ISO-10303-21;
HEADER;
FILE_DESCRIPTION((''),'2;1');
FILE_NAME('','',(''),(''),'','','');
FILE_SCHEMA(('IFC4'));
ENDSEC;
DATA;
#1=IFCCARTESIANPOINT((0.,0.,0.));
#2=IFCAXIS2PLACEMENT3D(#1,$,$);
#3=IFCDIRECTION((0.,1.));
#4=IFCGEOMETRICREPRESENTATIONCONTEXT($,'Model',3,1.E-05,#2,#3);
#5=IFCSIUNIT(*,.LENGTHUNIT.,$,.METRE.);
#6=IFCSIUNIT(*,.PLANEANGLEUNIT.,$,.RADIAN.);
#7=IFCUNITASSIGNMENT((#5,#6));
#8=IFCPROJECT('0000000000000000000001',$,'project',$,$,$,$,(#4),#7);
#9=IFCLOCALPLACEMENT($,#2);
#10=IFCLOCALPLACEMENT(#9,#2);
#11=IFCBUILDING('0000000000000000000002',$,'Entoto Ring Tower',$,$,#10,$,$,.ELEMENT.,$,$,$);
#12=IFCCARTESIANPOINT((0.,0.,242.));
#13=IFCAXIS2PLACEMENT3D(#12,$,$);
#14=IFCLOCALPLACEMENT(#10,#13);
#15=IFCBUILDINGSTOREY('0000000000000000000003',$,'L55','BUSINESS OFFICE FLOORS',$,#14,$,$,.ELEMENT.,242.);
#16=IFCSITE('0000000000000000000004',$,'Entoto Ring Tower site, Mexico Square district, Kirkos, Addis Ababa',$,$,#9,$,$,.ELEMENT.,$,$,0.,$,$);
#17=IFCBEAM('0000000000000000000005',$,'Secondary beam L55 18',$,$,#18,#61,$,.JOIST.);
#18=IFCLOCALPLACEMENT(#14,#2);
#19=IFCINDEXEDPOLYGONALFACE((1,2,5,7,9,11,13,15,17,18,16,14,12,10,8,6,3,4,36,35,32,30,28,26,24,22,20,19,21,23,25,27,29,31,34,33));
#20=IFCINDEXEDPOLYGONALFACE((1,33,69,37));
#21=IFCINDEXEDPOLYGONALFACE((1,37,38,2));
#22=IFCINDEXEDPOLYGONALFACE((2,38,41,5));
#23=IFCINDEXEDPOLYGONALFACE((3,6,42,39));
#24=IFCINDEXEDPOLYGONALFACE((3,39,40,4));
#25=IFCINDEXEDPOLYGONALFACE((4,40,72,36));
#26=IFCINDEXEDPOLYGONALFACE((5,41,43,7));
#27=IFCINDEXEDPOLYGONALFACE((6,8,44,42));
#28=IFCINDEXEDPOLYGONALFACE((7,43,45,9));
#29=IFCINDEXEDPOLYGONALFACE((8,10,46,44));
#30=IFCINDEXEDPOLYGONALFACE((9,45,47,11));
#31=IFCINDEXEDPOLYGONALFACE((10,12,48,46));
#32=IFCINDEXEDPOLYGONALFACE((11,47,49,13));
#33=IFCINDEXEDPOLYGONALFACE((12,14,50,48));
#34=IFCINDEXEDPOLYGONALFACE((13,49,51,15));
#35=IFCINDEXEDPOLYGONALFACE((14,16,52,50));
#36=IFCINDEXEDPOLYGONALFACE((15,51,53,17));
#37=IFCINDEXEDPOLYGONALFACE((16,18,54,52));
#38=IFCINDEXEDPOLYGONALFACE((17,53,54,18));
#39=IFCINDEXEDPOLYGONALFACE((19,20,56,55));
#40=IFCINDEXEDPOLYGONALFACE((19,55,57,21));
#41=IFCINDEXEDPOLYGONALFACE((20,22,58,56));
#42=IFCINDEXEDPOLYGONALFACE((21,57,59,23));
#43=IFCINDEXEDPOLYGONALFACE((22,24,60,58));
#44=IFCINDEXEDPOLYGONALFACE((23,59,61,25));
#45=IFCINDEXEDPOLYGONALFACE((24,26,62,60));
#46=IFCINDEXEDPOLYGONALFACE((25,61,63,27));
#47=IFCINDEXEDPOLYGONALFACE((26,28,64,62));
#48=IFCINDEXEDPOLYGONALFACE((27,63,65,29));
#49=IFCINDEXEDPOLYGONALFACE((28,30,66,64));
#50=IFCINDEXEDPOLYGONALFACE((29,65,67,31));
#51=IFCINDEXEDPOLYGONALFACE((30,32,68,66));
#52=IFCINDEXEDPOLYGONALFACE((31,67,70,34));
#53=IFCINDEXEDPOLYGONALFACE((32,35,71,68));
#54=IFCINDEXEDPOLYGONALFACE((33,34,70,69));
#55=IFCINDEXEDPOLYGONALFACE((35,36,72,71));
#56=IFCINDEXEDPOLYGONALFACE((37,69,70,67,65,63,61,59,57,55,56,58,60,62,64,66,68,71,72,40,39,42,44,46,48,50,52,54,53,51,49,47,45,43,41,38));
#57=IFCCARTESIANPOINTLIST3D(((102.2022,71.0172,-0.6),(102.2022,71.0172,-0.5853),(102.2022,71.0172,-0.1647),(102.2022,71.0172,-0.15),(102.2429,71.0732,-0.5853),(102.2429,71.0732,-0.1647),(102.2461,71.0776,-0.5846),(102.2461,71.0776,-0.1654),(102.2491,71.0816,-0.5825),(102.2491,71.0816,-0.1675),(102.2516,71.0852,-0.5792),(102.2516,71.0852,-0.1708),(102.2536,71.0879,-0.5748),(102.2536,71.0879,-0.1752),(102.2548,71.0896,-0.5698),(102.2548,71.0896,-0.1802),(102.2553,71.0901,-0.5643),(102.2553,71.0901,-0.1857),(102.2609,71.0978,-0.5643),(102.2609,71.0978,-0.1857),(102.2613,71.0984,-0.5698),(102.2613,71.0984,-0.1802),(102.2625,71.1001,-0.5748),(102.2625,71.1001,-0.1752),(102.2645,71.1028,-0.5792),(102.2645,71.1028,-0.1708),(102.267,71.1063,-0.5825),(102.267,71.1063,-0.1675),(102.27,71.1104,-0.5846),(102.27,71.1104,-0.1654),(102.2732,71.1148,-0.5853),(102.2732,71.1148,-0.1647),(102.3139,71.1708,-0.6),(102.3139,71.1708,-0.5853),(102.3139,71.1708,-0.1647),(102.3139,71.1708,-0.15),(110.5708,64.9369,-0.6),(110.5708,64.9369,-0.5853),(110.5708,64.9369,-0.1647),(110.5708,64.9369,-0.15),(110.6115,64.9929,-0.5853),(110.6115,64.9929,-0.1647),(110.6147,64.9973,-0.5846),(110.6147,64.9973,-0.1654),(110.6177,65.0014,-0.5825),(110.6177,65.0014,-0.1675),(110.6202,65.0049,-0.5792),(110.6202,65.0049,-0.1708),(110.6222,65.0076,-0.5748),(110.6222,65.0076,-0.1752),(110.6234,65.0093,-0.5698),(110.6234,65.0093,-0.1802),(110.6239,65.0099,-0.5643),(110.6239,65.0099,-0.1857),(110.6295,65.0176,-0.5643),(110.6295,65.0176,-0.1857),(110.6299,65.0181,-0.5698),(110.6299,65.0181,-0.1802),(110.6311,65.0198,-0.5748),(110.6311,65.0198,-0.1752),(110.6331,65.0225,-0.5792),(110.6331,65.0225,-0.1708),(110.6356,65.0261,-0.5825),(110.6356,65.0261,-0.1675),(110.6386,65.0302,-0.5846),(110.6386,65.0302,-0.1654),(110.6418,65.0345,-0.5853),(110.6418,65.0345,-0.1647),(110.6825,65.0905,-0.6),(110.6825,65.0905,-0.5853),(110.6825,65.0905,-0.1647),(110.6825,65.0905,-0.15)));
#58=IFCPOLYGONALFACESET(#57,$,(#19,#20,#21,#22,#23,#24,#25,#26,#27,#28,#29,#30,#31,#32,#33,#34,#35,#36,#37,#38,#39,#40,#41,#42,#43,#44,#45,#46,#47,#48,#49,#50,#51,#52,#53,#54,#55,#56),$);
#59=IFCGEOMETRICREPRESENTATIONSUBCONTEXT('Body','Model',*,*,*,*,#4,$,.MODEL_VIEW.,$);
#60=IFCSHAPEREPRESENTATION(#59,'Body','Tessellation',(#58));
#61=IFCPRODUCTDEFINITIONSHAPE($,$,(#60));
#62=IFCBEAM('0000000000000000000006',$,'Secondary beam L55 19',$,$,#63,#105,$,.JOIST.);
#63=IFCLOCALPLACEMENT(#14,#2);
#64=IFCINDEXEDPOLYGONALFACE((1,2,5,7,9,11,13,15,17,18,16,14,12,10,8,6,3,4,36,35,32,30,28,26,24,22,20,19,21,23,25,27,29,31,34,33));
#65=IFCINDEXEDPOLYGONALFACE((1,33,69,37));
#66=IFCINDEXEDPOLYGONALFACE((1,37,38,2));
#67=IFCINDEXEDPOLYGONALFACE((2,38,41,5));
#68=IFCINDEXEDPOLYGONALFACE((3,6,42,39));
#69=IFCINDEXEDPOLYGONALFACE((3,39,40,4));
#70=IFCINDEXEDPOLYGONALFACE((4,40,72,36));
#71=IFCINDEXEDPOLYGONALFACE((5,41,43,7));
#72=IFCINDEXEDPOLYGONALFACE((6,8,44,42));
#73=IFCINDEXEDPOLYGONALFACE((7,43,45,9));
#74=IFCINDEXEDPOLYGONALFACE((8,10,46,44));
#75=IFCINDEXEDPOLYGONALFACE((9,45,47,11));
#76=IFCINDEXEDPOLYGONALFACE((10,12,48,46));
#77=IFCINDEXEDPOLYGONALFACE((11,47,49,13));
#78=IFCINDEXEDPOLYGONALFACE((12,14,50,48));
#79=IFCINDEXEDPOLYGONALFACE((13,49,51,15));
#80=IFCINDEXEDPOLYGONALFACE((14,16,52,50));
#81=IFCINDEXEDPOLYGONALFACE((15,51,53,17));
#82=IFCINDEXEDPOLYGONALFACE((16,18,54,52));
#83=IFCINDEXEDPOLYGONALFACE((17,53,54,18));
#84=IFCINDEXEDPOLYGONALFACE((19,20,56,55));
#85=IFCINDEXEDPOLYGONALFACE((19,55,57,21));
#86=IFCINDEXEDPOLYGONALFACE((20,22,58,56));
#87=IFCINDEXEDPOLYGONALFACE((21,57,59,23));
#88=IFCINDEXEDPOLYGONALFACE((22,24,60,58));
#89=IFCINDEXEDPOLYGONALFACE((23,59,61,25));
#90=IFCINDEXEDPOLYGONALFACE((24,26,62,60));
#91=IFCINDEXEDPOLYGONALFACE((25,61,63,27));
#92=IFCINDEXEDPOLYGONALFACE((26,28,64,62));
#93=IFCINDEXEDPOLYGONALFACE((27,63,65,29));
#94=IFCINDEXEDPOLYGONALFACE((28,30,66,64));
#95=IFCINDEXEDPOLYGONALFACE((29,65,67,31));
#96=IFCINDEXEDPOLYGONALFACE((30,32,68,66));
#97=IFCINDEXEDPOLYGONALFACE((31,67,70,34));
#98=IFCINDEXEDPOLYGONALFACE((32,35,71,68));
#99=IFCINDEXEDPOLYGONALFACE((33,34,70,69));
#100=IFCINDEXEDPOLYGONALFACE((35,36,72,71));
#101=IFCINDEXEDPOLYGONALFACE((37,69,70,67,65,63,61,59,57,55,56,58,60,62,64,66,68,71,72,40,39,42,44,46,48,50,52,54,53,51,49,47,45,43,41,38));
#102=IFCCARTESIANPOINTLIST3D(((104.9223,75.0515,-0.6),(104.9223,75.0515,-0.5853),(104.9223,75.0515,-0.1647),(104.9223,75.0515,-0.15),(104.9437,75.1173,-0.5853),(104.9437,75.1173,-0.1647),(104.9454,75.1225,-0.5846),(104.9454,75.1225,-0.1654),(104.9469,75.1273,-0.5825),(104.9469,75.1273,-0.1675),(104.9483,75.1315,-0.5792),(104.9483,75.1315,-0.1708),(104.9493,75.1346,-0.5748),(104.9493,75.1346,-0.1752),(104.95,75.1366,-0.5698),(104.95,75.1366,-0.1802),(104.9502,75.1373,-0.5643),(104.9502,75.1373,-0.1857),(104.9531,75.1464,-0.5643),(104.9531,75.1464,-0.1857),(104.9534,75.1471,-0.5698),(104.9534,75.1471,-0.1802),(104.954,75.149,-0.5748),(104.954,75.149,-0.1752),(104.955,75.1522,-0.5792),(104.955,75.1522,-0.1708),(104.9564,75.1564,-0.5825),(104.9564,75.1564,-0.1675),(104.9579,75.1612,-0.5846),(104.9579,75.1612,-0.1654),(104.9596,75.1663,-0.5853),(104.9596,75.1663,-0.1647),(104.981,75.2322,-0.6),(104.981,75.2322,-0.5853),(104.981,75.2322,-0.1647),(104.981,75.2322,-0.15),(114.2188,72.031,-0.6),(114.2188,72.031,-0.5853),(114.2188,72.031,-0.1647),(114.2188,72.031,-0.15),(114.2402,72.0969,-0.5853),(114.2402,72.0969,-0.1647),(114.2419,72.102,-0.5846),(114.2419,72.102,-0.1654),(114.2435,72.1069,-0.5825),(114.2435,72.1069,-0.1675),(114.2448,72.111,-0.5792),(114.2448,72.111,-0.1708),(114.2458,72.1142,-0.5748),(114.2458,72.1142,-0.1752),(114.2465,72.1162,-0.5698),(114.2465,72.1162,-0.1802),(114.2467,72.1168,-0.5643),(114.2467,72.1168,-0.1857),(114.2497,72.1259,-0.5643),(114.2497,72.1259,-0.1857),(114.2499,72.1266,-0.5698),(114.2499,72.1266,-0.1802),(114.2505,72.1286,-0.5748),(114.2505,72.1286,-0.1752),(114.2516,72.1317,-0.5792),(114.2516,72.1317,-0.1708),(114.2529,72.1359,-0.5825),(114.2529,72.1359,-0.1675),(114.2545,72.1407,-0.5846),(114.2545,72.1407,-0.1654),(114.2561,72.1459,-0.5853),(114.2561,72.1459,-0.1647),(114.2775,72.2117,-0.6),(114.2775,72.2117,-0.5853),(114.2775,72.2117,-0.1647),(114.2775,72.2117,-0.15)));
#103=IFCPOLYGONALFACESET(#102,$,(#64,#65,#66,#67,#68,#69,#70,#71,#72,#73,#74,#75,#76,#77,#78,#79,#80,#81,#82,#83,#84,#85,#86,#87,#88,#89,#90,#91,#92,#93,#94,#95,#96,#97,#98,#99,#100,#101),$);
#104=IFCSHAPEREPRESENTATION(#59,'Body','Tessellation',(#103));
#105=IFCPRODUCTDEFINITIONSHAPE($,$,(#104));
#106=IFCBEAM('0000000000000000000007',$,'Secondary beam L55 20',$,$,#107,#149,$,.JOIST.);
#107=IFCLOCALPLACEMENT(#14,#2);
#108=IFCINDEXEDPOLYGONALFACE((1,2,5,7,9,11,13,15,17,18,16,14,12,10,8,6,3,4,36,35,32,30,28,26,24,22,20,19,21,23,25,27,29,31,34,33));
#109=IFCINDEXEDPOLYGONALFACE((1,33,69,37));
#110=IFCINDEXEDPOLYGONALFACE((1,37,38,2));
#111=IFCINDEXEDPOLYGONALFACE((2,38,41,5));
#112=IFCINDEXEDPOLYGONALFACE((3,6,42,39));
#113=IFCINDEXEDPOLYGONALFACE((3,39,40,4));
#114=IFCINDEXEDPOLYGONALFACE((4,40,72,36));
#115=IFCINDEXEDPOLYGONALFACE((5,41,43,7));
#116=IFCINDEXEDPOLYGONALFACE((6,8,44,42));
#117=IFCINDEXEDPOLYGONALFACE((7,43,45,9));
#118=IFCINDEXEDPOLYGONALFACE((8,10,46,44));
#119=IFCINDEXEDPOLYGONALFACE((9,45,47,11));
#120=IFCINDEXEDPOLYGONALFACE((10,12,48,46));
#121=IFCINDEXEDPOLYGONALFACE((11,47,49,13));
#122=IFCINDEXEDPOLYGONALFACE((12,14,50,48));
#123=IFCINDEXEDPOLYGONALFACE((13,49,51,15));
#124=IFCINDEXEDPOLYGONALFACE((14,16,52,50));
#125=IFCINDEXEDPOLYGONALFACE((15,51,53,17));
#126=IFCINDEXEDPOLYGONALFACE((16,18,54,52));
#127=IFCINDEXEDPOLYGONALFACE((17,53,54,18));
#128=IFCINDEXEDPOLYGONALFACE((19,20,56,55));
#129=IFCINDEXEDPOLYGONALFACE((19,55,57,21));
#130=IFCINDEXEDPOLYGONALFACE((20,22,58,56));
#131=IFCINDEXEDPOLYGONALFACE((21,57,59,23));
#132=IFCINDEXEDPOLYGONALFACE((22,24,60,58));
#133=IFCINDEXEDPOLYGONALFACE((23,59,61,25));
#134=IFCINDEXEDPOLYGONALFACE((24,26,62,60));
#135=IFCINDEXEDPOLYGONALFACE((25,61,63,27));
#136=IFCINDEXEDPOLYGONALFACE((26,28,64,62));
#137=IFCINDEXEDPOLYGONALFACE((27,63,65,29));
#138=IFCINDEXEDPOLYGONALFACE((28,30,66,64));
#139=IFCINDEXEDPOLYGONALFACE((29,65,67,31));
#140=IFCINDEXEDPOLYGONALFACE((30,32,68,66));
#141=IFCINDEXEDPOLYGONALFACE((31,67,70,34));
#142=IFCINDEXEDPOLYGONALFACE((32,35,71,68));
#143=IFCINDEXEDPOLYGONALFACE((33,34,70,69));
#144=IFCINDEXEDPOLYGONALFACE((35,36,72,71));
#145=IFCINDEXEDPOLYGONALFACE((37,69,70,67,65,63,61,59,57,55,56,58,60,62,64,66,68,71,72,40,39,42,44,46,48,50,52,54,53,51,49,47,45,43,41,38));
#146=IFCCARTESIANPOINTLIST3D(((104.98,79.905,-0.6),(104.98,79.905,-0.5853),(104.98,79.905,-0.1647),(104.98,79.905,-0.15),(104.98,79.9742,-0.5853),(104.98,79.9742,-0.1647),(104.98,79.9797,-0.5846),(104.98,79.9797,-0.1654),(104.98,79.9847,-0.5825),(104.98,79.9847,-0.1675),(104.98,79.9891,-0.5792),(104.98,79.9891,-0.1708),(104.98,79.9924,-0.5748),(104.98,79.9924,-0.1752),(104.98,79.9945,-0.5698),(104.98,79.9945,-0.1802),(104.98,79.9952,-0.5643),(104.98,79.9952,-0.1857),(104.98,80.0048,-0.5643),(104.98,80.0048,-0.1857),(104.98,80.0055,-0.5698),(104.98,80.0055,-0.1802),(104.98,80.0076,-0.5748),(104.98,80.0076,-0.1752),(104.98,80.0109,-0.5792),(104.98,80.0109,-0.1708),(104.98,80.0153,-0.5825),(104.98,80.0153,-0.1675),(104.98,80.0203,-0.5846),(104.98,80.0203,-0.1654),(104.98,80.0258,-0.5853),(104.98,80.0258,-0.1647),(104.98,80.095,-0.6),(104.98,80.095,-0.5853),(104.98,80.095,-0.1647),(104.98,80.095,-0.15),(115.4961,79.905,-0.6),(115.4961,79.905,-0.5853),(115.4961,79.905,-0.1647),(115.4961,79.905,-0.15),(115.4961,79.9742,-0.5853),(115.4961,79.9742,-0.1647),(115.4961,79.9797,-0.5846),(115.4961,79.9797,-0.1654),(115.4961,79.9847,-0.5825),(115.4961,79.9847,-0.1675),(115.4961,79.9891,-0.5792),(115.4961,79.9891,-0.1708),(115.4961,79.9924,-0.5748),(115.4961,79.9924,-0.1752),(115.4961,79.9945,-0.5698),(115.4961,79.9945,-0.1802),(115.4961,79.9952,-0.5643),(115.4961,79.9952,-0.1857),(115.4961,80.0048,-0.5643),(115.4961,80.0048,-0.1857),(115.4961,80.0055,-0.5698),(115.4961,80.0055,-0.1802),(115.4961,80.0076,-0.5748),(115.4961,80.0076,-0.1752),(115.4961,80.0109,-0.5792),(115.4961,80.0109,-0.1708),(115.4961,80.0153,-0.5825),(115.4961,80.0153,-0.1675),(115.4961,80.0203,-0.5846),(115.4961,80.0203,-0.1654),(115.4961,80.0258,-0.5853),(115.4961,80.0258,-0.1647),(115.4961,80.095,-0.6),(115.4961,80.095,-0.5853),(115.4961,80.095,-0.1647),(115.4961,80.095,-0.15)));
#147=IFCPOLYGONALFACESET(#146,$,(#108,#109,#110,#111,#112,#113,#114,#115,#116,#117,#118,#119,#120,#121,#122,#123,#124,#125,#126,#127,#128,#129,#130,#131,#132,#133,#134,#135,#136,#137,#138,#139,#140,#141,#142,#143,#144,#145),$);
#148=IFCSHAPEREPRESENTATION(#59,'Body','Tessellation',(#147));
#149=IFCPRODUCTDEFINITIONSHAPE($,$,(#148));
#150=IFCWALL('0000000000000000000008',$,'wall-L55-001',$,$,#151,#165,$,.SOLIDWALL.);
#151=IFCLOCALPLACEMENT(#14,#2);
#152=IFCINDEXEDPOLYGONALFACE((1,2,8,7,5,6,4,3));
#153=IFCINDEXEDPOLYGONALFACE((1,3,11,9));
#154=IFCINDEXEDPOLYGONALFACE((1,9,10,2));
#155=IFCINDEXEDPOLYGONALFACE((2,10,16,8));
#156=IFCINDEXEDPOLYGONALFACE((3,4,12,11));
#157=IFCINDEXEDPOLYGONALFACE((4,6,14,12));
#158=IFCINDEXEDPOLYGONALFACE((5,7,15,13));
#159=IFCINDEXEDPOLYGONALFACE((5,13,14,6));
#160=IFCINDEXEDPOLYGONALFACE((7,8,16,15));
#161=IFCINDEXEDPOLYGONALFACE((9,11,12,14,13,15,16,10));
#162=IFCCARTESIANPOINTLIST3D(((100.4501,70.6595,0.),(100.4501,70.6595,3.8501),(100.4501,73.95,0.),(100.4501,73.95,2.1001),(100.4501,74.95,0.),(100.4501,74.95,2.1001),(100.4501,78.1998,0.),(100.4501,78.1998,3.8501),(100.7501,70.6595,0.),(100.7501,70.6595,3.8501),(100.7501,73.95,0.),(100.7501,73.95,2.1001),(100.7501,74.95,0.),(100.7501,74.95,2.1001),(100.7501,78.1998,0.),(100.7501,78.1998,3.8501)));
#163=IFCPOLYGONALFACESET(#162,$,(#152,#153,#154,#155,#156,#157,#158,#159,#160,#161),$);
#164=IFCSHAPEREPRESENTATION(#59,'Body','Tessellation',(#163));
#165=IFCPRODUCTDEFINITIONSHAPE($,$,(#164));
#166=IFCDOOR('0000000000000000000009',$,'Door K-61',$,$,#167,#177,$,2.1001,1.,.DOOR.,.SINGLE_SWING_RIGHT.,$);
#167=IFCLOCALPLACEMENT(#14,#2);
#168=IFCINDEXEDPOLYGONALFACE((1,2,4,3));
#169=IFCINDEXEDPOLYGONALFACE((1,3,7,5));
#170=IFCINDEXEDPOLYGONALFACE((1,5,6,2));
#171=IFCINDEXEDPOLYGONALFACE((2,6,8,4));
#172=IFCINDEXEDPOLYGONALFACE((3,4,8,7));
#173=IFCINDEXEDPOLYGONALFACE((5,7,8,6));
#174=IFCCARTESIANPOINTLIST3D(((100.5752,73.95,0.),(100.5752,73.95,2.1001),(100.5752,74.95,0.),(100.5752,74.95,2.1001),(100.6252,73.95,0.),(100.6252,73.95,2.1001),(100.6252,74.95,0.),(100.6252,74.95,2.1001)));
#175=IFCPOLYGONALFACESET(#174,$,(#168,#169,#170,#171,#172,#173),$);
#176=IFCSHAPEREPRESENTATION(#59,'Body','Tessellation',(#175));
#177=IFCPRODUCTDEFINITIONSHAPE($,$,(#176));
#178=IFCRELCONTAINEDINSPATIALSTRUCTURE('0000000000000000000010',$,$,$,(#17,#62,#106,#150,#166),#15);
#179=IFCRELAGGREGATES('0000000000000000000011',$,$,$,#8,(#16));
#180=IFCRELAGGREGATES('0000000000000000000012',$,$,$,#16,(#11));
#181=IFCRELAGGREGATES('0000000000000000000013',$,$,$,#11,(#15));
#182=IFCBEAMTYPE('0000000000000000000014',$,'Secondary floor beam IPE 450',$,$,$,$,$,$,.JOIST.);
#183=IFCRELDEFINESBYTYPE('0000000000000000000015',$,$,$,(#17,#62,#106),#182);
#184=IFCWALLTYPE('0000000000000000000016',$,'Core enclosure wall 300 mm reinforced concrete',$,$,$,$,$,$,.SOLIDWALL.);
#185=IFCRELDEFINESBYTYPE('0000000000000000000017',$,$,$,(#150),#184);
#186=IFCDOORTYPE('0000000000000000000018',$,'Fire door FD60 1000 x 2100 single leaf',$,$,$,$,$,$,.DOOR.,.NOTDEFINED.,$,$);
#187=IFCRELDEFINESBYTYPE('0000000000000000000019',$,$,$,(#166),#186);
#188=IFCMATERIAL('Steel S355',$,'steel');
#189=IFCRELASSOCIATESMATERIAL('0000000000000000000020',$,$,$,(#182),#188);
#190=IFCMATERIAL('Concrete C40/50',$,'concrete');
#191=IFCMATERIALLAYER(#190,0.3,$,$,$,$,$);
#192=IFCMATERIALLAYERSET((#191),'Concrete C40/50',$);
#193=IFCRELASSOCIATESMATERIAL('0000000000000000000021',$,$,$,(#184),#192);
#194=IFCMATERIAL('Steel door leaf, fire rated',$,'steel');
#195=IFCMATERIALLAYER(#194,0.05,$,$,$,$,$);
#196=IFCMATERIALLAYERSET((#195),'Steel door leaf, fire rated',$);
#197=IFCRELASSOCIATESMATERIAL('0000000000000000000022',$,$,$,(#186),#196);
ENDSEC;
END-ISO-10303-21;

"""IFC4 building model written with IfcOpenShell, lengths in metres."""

from ifc_helpers import new_model, si_unit, direction, frame, frame_2d, origin, origin_2d, place, context, subcontext, project, spatial, rectangle, i_section, extrude, material, layer, layer_set, material_profile, profile_set, type_object, element, fill, save


model = new_model("IFC4")

# Units and contexts
model_context = context("Model", 3, precision=1e-05, world=origin(), true_north=direction((0.0, 1.0)))
body_context = subcontext(model_context, "Body", "Model", "MODEL_VIEW")
ifc_project = project(units=[si_unit("LENGTHUNIT", "METRE"), si_unit("PLANEANGLEUNIT", "RADIAN")], contexts=[model_context])

# Site, building, storey
site_placement = place(None, origin())
site = spatial("IfcSite", under=ifc_project, at=site_placement, Name="Entoto Ring Tower site, Mexico Square district, Kirkos, Addis Ababa", CompositionType="ELEMENT", RefElevation=0.0)
building_placement = place(site_placement, origin())
building = spatial("IfcBuilding", under=site, at=building_placement, Name="Entoto Ring Tower", CompositionType="ELEMENT")
storey_placement = place(building_placement, frame((0.0, 0.0, 242.0)))
storey = spatial("IfcBuildingStorey", under=building, at=storey_placement, Name="L55", Description="BUSINESS OFFICE FLOORS", CompositionType="ELEMENT", Elevation=242.0)

# Beams
ifc_material_1 = material(Name="Steel S355", Category="steel")
ifc_material_profile_1 = material_profile(ifc_material_1, i_section(OverallWidth=0.1899, OverallDepth=0.45, WebThickness=0.0095, FlangeThickness=0.0146, FilletRadius=0.021, at=origin_2d()), Name="IPE 450")
ifc_profile_set_1 = profile_set([ifc_material_profile_1], Name="Steel S355")
beam_type_1 = type_object("IfcBeamType", Name="Secondary floor beam IPE 450", PredefinedType="JOIST", material=ifc_profile_set_1)
for number, where, z_axis, x_axis, name in (
    (1, (102.2581, 71.094, -0.375), (0.809011, -0.587794, 0.0), (0.587794, 0.809011, 0.0), "Secondary beam L55 18"),
):
    element("IfcBeam", number, at=place(storey_placement, frame(where, z_axis=z_axis, x_axis=x_axis)), inside=storey, type_object=beam_type_1, Name=name, PredefinedType="JOIST", context=body_context, shape_type="SweptSolid", body=[
        extrude(i_section(OverallWidth=0.1899, OverallDepth=0.45, WebThickness=0.0095, FlangeThickness=0.0146, FilletRadius=0.021, at=origin_2d()), origin(), (0.0, 0.0, 1.0), 10.3442),
    ])
beam_1_placement = place(storey_placement, frame((104.9517, 75.1418, -0.375), z_axis=(0.951061, -0.309003, 0.0), x_axis=(0.309003, 0.951061, 0.0)))
element("IfcBeam", 2, at=beam_1_placement, inside=storey, type_object=beam_type_1, Name="Secondary beam L55 19", PredefinedType="JOIST", context=body_context, shape_type="SweptSolid", body=[
    extrude(i_section(OverallWidth=0.1899, OverallDepth=0.45, WebThickness=0.0095, FlangeThickness=0.0146, FilletRadius=0.021, at=origin_2d()), origin(), (0.0, 0.0, 1.0), 9.7749),
])
beam_2_placement = place(storey_placement, frame((104.98, 80.0, -0.375), z_axis=(1.0, 0.0, 0.0), x_axis=(0.0, 1.0, 0.0)))
element("IfcBeam", 3, at=beam_2_placement, inside=storey, type_object=beam_type_1, Name="Secondary beam L55 20", PredefinedType="JOIST", context=body_context, shape_type="SweptSolid", body=[
    extrude(i_section(OverallWidth=0.1899, OverallDepth=0.45, WebThickness=0.0095, FlangeThickness=0.0146, FilletRadius=0.021, at=origin_2d()), origin(), (0.0, 0.0, 1.0), 10.5161),
])

# Wall, opening, door
ifc_material_2 = material(Name="Concrete C40/50", Category="concrete")
ifc_layer_1 = layer(ifc_material_2, 0.3)
ifc_layer_set_1 = layer_set([ifc_layer_1], Name="Concrete C40/50")
wall_type_1 = type_object("IfcWallType", Name="Core enclosure wall 300 mm reinforced concrete", PredefinedType="SOLIDWALL", material=ifc_layer_set_1)
wall_1_placement = place(storey_placement, frame((100.6001, 70.6597, 0.0), z_axis=(0.0, 0.0, 1.0), x_axis=(0.0, 1.0, 0.0)))
wall_1 = element("IfcWall", 4, at=wall_1_placement, inside=storey, type_object=wall_type_1, Name="wall-L55-001", PredefinedType="SOLIDWALL", context=body_context, shape_type="SweptSolid", body=[
    extrude(rectangle(XDim=7.5403, YDim=0.3, at=frame_2d((3.77, 0.0))), origin(), (0.0, 0.0, 1.0), 3.8501),
])
opening_1_placement = place(wall_1_placement, frame((3.2903, 0.0, 0.0)))
opening_1 = element("IfcOpeningElement", 5, at=opening_1_placement, cuts=wall_1, PredefinedType="OPENING", context=body_context, shape_type="SweptSolid", body=[
    extrude(rectangle(XDim=1.0, YDim=2.1001, at=frame_2d((0.5, 1.05))), frame((0.0, 0.1602, 0.0), z_axis=(0.0, -1.0, 0.0), x_axis=(1.0, 0.0, 0.0)), (0.0, 0.0, 1.0), 0.3201),
])
ifc_material_3 = material(Name="Steel door leaf, fire rated", Category="steel")
ifc_layer_2 = layer(ifc_material_3, 0.05)
ifc_layer_set_2 = layer_set([ifc_layer_2], Name="Steel door leaf, fire rated")
door_type_1 = type_object("IfcDoorType", Name="Fire door FD60 1000 x 2100 single leaf", OperationType="NOTDEFINED", PredefinedType="DOOR", material=ifc_layer_set_2)
door_1_placement = place(opening_1_placement, origin())
door_1 = element("IfcDoor", 6, at=door_1_placement, inside=storey, type_object=door_type_1, Name="Door K-61", OperationType="SINGLE_SWING_RIGHT", OverallHeight=2.1001, OverallWidth=1.0, PredefinedType="DOOR", context=body_context, shape_type="SweptSolid", body=[
    extrude(rectangle(XDim=1.0, YDim=2.1001, at=frame_2d((0.5, 1.05))), frame((0.0, 0.0249, 0.0), z_axis=(0.0, -1.0, 0.0), x_axis=(1.0, 0.0, 0.0)), (0.0, 0.0, 1.0), 0.05),
])
fill(opening_1, door_1)

save(model, "model.ifc")
